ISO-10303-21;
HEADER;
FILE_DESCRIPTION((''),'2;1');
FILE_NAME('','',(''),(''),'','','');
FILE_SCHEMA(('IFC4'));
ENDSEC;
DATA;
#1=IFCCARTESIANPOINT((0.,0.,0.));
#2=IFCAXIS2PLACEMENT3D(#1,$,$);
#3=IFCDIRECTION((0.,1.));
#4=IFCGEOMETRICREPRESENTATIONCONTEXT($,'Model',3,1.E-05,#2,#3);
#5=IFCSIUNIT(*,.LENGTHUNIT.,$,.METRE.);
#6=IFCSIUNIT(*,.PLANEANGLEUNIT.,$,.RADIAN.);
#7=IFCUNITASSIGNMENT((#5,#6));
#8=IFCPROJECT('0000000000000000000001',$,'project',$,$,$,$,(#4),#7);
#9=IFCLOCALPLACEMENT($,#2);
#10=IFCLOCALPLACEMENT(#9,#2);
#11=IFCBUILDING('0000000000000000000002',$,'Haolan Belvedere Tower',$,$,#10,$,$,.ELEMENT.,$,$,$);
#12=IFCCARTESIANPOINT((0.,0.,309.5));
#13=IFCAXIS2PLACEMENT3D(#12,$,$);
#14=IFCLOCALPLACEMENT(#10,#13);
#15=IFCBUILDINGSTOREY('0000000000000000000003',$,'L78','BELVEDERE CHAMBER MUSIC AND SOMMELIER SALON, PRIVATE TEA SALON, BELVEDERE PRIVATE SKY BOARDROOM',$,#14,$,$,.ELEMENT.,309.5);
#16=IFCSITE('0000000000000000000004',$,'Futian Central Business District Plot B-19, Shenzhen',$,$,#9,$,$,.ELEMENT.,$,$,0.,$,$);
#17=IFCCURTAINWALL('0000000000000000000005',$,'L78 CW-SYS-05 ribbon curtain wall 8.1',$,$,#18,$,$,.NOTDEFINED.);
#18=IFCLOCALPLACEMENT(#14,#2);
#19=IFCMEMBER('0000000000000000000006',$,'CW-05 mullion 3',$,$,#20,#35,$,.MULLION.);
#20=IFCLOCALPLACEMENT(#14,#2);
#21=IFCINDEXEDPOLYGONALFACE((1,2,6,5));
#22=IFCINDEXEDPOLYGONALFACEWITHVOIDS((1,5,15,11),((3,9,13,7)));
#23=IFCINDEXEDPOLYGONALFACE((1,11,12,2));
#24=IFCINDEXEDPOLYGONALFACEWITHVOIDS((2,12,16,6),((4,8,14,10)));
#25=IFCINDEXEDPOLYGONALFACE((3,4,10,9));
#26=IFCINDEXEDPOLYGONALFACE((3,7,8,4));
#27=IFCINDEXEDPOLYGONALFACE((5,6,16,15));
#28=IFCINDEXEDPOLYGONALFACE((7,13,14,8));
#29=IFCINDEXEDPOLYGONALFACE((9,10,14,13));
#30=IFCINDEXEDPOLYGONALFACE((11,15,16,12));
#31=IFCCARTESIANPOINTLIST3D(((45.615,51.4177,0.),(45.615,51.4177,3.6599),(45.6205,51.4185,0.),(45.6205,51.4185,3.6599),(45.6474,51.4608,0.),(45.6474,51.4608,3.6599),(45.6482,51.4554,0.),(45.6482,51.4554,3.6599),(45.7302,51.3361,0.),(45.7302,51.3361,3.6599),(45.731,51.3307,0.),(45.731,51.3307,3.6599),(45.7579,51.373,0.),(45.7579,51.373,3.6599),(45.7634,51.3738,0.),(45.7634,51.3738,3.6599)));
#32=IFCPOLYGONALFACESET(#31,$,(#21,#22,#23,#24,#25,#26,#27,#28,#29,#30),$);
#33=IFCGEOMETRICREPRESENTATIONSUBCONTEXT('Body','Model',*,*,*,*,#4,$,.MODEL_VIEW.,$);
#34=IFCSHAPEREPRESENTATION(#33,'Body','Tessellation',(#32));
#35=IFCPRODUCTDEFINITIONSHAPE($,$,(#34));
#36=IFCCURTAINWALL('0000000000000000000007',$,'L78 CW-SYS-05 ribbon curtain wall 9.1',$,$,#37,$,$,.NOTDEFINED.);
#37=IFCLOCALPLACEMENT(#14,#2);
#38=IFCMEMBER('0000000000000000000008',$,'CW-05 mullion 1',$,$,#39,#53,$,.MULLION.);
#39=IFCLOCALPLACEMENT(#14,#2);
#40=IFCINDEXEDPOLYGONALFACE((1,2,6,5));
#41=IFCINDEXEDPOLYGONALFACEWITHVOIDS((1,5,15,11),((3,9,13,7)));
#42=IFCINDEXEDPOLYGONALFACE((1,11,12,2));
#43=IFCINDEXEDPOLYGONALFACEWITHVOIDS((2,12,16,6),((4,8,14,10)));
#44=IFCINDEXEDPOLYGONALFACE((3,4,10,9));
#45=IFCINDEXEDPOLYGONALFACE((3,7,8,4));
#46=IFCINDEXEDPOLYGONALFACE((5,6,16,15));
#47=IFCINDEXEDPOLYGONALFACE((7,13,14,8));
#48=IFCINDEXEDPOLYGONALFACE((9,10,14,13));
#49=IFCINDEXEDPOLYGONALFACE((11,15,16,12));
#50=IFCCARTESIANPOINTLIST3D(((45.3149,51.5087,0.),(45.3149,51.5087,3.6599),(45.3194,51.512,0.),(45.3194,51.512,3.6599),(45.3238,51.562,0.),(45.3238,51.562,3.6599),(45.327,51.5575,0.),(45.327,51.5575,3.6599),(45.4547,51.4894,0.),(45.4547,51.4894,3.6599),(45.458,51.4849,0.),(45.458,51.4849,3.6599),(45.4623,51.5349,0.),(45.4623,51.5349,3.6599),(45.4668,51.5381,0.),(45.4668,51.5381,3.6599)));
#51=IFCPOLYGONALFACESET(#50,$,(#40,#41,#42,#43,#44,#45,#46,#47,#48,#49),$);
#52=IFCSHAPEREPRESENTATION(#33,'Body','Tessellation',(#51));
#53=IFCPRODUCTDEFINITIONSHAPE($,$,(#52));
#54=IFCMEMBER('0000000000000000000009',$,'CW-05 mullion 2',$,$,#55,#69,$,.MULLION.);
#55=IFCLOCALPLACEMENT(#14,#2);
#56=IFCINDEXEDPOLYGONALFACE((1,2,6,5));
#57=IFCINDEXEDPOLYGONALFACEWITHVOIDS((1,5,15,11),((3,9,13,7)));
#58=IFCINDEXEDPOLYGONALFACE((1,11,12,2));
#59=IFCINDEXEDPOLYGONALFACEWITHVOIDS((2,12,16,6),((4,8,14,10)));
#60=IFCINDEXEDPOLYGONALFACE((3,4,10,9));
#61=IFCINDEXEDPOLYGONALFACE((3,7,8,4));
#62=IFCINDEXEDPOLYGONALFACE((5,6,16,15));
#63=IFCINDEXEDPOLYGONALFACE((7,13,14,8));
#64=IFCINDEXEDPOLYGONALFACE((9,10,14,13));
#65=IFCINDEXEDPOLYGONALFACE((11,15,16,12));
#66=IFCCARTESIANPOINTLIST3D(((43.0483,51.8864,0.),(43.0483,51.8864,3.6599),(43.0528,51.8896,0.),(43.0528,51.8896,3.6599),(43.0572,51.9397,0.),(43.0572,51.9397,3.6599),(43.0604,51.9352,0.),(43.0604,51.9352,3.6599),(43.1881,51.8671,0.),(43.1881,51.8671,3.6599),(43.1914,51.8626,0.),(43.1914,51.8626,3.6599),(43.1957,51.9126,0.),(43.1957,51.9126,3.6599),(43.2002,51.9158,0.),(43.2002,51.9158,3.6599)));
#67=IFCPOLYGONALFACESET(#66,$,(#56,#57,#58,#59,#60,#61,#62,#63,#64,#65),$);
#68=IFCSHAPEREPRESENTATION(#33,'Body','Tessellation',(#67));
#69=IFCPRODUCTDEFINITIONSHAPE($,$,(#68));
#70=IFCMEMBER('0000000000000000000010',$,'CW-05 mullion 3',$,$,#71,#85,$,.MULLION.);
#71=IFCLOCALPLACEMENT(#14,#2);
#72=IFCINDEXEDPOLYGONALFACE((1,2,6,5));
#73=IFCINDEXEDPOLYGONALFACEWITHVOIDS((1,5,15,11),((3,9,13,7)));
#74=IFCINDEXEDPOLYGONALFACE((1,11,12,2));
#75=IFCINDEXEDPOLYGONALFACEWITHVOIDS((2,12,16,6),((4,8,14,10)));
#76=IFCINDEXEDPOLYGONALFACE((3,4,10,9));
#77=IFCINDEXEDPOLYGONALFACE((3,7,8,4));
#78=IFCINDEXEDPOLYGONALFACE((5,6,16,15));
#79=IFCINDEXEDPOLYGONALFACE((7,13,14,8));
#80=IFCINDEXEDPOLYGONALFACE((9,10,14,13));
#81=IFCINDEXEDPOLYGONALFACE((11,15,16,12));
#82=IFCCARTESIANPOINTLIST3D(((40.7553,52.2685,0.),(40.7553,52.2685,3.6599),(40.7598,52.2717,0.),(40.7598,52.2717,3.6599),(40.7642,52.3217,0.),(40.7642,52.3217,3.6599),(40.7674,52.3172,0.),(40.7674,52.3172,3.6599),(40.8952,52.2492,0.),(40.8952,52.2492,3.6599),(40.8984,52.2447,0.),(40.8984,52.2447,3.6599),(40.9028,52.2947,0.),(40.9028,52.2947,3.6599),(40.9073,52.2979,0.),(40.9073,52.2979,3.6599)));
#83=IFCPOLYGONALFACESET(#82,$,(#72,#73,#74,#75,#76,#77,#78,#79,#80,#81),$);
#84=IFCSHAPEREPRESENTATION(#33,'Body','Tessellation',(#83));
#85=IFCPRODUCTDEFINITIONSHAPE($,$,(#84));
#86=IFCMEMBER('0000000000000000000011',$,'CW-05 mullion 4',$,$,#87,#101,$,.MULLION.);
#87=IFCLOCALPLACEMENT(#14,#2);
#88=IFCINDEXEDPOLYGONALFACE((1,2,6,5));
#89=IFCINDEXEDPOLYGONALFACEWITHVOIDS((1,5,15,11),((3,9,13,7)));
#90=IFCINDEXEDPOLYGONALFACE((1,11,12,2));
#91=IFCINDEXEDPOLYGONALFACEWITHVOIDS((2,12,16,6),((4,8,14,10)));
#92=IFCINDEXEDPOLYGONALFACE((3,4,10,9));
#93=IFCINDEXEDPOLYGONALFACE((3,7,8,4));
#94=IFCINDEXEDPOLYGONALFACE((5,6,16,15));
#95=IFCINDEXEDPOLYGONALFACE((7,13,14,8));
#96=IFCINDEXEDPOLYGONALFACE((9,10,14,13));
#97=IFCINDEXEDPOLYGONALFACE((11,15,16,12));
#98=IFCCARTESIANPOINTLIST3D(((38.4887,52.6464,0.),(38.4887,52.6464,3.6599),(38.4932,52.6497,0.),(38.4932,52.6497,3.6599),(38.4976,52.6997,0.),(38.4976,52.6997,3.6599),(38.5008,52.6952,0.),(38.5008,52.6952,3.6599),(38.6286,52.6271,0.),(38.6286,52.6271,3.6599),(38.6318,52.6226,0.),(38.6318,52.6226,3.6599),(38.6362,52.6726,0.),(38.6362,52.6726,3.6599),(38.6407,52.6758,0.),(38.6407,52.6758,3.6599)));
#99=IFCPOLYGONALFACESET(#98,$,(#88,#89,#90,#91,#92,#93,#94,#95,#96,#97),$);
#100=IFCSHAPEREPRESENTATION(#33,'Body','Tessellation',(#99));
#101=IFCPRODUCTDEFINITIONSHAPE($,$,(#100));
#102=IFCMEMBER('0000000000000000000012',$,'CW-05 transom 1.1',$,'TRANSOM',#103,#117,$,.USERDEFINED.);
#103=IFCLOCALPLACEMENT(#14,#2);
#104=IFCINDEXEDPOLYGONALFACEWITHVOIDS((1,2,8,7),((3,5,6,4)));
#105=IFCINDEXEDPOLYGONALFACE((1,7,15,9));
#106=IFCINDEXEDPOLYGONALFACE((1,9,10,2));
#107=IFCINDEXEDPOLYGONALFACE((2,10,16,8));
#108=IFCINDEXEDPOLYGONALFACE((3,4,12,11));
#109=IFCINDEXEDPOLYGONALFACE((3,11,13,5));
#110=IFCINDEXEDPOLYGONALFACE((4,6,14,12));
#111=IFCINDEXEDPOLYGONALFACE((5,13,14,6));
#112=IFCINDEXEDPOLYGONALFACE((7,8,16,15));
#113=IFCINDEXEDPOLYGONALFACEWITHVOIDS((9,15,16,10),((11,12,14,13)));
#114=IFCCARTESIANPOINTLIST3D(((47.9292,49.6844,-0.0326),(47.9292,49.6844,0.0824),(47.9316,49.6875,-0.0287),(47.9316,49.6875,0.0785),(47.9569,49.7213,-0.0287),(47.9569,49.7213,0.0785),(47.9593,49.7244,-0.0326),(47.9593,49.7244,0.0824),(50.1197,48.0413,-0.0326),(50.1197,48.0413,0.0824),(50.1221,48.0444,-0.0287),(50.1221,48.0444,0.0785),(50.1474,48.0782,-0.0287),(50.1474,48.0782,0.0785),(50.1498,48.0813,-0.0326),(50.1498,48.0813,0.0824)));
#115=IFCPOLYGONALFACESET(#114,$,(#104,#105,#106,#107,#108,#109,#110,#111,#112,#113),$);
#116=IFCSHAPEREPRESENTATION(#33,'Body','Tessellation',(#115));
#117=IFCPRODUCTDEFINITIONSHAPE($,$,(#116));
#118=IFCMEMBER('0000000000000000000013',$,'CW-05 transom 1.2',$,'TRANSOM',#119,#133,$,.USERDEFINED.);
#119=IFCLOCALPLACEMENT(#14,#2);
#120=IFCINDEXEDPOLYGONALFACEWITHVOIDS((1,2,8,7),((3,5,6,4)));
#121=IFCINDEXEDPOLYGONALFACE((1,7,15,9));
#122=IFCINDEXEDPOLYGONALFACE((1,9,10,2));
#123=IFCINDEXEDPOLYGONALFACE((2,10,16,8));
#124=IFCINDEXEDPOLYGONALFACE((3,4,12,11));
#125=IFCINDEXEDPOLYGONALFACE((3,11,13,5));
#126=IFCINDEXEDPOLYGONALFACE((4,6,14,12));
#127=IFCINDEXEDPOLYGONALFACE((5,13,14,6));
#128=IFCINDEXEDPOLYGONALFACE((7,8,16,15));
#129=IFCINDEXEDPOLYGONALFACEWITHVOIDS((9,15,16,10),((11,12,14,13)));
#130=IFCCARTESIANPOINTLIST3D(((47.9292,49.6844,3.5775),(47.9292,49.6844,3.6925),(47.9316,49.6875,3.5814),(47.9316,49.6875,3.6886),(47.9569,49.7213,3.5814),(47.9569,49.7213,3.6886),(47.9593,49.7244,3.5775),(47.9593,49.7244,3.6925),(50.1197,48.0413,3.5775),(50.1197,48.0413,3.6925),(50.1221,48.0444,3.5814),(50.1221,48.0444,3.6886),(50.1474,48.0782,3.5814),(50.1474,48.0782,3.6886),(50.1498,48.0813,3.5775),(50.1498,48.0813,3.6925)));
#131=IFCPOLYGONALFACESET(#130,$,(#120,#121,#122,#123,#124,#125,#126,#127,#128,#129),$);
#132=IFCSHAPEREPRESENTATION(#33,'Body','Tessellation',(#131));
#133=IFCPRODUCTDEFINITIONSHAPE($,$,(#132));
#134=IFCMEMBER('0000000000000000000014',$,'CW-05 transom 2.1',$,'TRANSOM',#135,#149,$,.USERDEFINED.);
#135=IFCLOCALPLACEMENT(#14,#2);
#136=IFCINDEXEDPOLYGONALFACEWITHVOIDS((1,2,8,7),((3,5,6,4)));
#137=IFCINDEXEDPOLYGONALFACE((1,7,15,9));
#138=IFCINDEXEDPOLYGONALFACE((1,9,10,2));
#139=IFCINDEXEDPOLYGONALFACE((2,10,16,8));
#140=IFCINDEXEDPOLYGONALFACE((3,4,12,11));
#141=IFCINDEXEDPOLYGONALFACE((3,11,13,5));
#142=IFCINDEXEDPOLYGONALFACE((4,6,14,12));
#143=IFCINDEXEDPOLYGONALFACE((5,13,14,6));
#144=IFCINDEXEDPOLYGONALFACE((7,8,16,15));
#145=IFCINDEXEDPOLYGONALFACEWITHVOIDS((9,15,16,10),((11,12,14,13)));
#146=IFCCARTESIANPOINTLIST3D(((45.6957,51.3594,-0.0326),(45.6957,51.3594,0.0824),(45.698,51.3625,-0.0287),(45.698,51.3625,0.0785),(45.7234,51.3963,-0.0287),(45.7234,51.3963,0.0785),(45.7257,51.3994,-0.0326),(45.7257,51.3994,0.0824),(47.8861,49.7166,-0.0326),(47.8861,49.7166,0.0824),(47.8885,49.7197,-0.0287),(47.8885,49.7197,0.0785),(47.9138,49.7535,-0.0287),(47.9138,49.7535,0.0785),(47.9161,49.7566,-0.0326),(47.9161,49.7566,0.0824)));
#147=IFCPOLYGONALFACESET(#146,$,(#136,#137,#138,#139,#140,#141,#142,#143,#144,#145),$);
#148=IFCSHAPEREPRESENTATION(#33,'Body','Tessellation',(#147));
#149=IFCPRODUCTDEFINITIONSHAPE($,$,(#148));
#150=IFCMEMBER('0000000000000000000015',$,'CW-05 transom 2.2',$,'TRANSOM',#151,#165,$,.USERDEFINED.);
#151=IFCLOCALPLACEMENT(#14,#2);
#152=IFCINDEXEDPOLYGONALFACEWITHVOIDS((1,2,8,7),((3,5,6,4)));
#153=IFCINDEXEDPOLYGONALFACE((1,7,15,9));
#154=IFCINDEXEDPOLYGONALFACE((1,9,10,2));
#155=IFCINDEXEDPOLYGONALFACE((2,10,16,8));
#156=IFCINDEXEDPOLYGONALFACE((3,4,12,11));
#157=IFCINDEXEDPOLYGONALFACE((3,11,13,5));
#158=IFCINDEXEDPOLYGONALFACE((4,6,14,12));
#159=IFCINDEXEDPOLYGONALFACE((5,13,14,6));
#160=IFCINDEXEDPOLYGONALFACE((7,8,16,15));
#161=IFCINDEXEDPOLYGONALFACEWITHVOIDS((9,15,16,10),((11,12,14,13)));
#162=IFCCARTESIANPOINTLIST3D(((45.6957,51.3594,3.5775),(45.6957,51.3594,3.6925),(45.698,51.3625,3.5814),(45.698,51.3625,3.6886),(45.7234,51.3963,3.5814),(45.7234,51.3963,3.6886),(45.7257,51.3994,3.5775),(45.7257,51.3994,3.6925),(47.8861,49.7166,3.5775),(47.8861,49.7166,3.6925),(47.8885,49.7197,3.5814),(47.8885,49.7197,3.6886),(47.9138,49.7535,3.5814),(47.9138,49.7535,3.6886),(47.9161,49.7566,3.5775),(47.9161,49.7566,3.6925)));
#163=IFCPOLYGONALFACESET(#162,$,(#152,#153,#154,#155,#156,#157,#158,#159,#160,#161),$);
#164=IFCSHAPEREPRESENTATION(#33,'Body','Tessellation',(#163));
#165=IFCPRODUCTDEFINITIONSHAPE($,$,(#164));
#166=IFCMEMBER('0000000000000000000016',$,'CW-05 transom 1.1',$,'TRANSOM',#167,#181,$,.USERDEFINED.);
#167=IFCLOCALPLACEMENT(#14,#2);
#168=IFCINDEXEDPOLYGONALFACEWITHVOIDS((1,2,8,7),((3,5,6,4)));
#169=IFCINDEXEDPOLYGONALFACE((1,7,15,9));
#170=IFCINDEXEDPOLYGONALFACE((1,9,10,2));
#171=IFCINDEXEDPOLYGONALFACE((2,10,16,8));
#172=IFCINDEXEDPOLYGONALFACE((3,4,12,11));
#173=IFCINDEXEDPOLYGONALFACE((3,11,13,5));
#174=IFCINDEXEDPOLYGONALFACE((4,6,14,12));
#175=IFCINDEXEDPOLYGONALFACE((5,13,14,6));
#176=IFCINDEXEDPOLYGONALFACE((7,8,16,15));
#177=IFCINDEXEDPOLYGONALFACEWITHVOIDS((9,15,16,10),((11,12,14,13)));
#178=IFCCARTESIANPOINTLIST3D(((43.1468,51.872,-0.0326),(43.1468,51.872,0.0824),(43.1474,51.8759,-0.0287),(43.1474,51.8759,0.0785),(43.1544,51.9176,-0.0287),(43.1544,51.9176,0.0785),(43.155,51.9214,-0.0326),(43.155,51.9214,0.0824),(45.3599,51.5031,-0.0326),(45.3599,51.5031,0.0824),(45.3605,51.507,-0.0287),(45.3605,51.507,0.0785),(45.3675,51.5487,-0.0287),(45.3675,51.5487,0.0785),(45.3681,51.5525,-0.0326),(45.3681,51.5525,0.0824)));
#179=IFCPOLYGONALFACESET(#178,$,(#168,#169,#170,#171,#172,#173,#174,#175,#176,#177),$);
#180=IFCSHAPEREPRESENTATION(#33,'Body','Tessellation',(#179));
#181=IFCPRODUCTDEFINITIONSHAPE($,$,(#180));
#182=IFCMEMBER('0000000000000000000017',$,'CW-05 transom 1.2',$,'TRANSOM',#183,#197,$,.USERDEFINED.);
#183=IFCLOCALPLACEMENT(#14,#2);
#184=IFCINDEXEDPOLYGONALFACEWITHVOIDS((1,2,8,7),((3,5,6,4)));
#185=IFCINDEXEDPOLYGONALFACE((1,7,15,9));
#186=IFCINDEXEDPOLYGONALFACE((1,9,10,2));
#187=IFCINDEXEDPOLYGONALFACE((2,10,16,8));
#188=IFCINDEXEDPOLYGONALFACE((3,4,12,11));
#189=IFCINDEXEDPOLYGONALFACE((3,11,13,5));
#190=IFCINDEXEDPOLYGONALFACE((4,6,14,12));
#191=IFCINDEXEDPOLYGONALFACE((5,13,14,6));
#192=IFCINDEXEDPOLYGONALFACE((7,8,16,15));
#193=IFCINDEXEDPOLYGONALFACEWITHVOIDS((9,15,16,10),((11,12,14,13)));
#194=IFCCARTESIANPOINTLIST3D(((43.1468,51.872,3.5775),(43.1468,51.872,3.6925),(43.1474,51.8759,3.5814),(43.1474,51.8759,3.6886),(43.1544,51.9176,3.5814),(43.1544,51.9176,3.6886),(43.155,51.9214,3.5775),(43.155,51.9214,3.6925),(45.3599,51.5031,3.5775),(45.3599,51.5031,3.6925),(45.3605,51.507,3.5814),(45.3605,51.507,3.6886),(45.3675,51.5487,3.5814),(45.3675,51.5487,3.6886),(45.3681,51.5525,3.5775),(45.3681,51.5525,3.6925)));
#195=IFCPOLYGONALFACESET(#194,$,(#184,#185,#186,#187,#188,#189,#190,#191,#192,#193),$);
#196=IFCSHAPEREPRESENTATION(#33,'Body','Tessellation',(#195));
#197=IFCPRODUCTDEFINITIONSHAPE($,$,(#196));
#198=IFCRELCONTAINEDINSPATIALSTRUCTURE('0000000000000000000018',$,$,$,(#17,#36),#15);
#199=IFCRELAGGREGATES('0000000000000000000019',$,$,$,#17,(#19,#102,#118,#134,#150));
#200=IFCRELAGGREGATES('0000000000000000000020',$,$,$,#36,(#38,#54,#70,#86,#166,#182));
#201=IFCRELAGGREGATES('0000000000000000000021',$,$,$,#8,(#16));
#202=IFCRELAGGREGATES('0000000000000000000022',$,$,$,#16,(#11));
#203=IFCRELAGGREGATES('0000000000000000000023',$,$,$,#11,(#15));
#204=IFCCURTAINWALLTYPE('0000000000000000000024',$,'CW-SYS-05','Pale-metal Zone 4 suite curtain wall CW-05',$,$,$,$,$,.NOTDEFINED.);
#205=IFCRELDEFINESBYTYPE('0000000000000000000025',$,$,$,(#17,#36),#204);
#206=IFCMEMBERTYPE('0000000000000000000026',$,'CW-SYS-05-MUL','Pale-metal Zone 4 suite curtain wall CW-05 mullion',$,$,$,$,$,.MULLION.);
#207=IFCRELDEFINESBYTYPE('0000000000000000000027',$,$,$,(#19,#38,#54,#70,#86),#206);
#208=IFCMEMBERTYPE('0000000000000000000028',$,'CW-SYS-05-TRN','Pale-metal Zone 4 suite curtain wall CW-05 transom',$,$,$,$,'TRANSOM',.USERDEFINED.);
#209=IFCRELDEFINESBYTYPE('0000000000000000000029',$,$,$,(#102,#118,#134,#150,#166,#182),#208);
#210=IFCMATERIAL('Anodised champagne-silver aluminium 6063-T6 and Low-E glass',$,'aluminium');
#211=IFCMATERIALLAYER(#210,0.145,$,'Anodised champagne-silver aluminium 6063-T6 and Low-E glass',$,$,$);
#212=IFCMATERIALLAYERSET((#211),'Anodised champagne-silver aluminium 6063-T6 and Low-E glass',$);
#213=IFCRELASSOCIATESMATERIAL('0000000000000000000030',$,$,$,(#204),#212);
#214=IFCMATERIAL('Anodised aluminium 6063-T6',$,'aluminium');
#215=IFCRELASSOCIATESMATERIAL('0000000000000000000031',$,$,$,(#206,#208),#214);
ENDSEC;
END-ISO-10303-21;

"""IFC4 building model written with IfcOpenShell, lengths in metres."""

from ifc_helpers import new_model, si_unit, direction, frame, origin, origin_2d, place, context, subcontext, project, spatial, hollow_rectangle, extrude, material, layer, layer_set, material_profile, profile_set, type_object, element, aggregate, save


model = new_model("IFC4")

# Units and contexts
model_context = context("Model", 3, precision=1e-05, world=origin(), true_north=direction((0.0, 1.0)))
body_context = subcontext(model_context, "Body", "Model", "MODEL_VIEW")
ifc_project = project(units=[si_unit("LENGTHUNIT", "METRE"), si_unit("PLANEANGLEUNIT", "RADIAN")], contexts=[model_context])

# Site, building, storey
site_placement = place(None, origin())
site = spatial("IfcSite", under=ifc_project, at=site_placement, Name="Futian Central Business District Plot B-19, Shenzhen", CompositionType="ELEMENT", RefElevation=0.0)
building_placement = place(site_placement, origin())
building = spatial("IfcBuilding", under=site, at=building_placement, Name="Haolan Belvedere Tower", CompositionType="ELEMENT")
storey_placement = place(building_placement, frame((0.0, 0.0, 309.5)))
storey = spatial("IfcBuildingStorey", under=building, at=storey_placement, Name="L78", Description="BELVEDERE CHAMBER MUSIC AND SOMMELIER SALON, PRIVATE TEA SALON, BELVEDERE PRIVATE SKY BOARDROOM", CompositionType="ELEMENT", Elevation=309.5)

# Curtain walls, members
ifc_material_1 = material(Name="Anodised champagne-silver aluminium 6063-T6 and Low-E glass", Category="aluminium")
ifc_layer_1 = layer(ifc_material_1, 0.145, Name="Anodised champagne-silver aluminium 6063-T6 and Low-E glass")
ifc_layer_set_1 = layer_set([ifc_layer_1], Name="Anodised champagne-silver aluminium 6063-T6 and Low-E glass")
curtain_wall_type = type_object("IfcCurtainWallType", Name="CW-SYS-05", Description="Pale-metal Zone 4 suite curtain wall CW-05", PredefinedType="NOTDEFINED", material=ifc_layer_set_1)
curtain_wall_1_placement = place(storey_placement, origin())
curtain_wall_1 = element("IfcCurtainWall", 1, at=curtain_wall_1_placement, inside=storey, type_object=curtain_wall_type, Name="L78 CW-SYS-05 ribbon curtain wall 8.1", PredefinedType="NOTDEFINED")
ifc_material_2 = material(Name="Anodised aluminium 6063-T6", Category="aluminium")
ifc_material_profile_1 = material_profile(ifc_material_2, hollow_rectangle(XDim=0.054, YDim=0.145, WallThickness=0.0039, at=origin_2d()), Name="Anodised aluminium 6063-T6")
ifc_profile_set_1 = profile_set([ifc_material_profile_1], Name="Anodised aluminium 6063-T6")
member_type_1 = type_object("IfcMemberType", Name="CW-SYS-05-MUL", Description="Pale-metal Zone 4 suite curtain wall CW-05 mullion", PredefinedType="MULLION", material=ifc_profile_set_1)
member_1_placement = place(storey_placement, frame((45.6892, 51.3958, 0.0), z_axis=(0.0, 0.0, 1.0), x_axis=(-0.600003, -0.799998, 0.0)))
member_1 = element("IfcMember", 2, at=member_1_placement, type_object=member_type_1, Name="CW-05 mullion 3", PredefinedType="MULLION", context=body_context, shape_type="SweptSolid", body=[
    extrude(hollow_rectangle(XDim=0.054, YDim=0.145, WallThickness=0.0039, at=origin_2d()), origin(), (0.0, 0.0, 1.0), 3.6599),
])
curtain_wall_2_placement = place(storey_placement, origin())
curtain_wall_2 = element("IfcCurtainWall", 3, at=curtain_wall_2_placement, inside=storey, type_object=curtain_wall_type, Name="L78 CW-SYS-05 ribbon curtain wall 9.1", PredefinedType="NOTDEFINED")
member_2_placement = place(storey_placement, frame((45.3909, 51.5234, 0.0), z_axis=(0.0, 0.0, 1.0), x_axis=(-0.164406, -0.986393, 0.0)))
member_2 = element("IfcMember", 4, at=member_2_placement, type_object=member_type_1, Name="CW-05 mullion 1", PredefinedType="MULLION", context=body_context, shape_type="SweptSolid", body=[
    extrude(hollow_rectangle(XDim=0.054, YDim=0.145, WallThickness=0.0039, at=origin_2d()), origin(), (0.0, 0.0, 1.0), 3.6599),
])
member_3_placement = place(storey_placement, frame((43.1243, 51.9011, 0.0), z_axis=(0.0, 0.0, 1.0), x_axis=(-0.164406, -0.986393, 0.0)))
member_3 = element("IfcMember", 5, at=member_3_placement, type_object=member_type_1, Name="CW-05 mullion 2", PredefinedType="MULLION", context=body_context, shape_type="SweptSolid", body=[
    extrude(hollow_rectangle(XDim=0.054, YDim=0.145, WallThickness=0.0039, at=origin_2d()), origin(), (0.0, 0.0, 1.0), 3.6599),
])
member_4_placement = place(storey_placement, frame((40.8313, 52.2832, 0.0), z_axis=(0.0, 0.0, 1.0), x_axis=(-0.164406, -0.986393, 0.0)))
member_4 = element("IfcMember", 6, at=member_4_placement, type_object=member_type_1, Name="CW-05 mullion 3", PredefinedType="MULLION", context=body_context, shape_type="SweptSolid", body=[
    extrude(hollow_rectangle(XDim=0.054, YDim=0.145, WallThickness=0.0039, at=origin_2d()), origin(), (0.0, 0.0, 1.0), 3.6599),
])
member_5_placement = place(storey_placement, frame((38.5647, 52.6611, 0.0), z_axis=(0.0, 0.0, 1.0), x_axis=(-0.164406, -0.986393, 0.0)))
member_5 = element("IfcMember", 7, at=member_5_placement, type_object=member_type_1, Name="CW-05 mullion 4", PredefinedType="MULLION", context=body_context, shape_type="SweptSolid", body=[
    extrude(hollow_rectangle(XDim=0.054, YDim=0.145, WallThickness=0.0039, at=origin_2d()), origin(), (0.0, 0.0, 1.0), 3.6599),
])

# Members
ifc_material_profile_2 = material_profile(ifc_material_2, hollow_rectangle(XDim=0.05, YDim=0.115, WallThickness=0.0039, at=origin_2d()), Name="Anodised aluminium 6063-T6")
ifc_profile_set_2 = profile_set([ifc_material_profile_2], Name="Anodised aluminium 6063-T6")
member_type_2 = type_object("IfcMemberType", Name="CW-SYS-05-TRN", Description="Pale-metal Zone 4 suite curtain wall CW-05 transom", ElementType="TRANSOM", PredefinedType="USERDEFINED", material=ifc_profile_set_2)
member_6_placement = place(storey_placement, frame((50.1348, 48.0613, 0.0249), z_axis=(-0.799957, 0.600057, 0.0), x_axis=(-0.600057, -0.799957, 0.0)))
member_6 = element("IfcMember", 8, at=member_6_placement, type_object=member_type_2, Name="CW-05 transom 1.1", ObjectType="TRANSOM", PredefinedType="USERDEFINED", context=body_context, shape_type="SweptSolid", body=[
    extrude(hollow_rectangle(XDim=0.05, YDim=0.115, WallThickness=0.0039, at=origin_2d()), origin(), (0.0, 0.0, 1.0), 2.7383),
])
member_7_placement = place(storey_placement, frame((50.1348, 48.0613, 3.635), z_axis=(-0.799957, 0.600057, 0.0), x_axis=(-0.600057, -0.799957, 0.0)))
member_7 = element("IfcMember", 9, at=member_7_placement, type_object=member_type_2, Name="CW-05 transom 1.2", ObjectType="TRANSOM", PredefinedType="USERDEFINED", context=body_context, shape_type="SweptSolid", body=[
    extrude(hollow_rectangle(XDim=0.05, YDim=0.115, WallThickness=0.0039, at=origin_2d()), origin(), (0.0, 0.0, 1.0), 2.7383),
])
member_8_placement = place(storey_placement, frame((47.9011, 49.7366, 0.0249), z_axis=(-0.8, 0.6, 0.0), x_axis=(-0.6, -0.8, 0.0)))
member_8 = element("IfcMember", 10, at=member_8_placement, type_object=member_type_2, Name="CW-05 transom 2.1", ObjectType="TRANSOM", PredefinedType="USERDEFINED", context=body_context, shape_type="SweptSolid", body=[
    extrude(hollow_rectangle(XDim=0.05, YDim=0.115, WallThickness=0.0039, at=origin_2d()), origin(), (0.0, 0.0, 1.0), 2.738),
])
member_9_placement = place(storey_placement, frame((47.9011, 49.7366, 3.635), z_axis=(-0.8, 0.6, 0.0), x_axis=(-0.6, -0.8, 0.0)))
member_9 = element("IfcMember", 11, at=member_9_placement, type_object=member_type_2, Name="CW-05 transom 2.2", ObjectType="TRANSOM", PredefinedType="USERDEFINED", context=body_context, shape_type="SweptSolid", body=[
    extrude(hollow_rectangle(XDim=0.05, YDim=0.115, WallThickness=0.0039, at=origin_2d()), origin(), (0.0, 0.0, 1.0), 2.738),
])
member_10_placement = place(storey_placement, frame((45.364, 51.5278, 0.0249), z_axis=(-0.986391, 0.164417, 0.0), x_axis=(-0.164417, -0.986391, 0.0)))
member_10 = element("IfcMember", 12, at=member_10_placement, type_object=member_type_2, Name="CW-05 transom 1.1", ObjectType="TRANSOM", PredefinedType="USERDEFINED", context=body_context, shape_type="SweptSolid", body=[
    extrude(hollow_rectangle(XDim=0.05, YDim=0.115, WallThickness=0.0039, at=origin_2d()), origin(), (0.0, 0.0, 1.0), 2.2437),
])
member_11_placement = place(storey_placement, frame((45.364, 51.5278, 3.635), z_axis=(-0.986391, 0.164417, 0.0), x_axis=(-0.164417, -0.986391, 0.0)))
member_11 = element("IfcMember", 13, at=member_11_placement, type_object=member_type_2, Name="CW-05 transom 1.2", ObjectType="TRANSOM", PredefinedType="USERDEFINED", context=body_context, shape_type="SweptSolid", body=[
    extrude(hollow_rectangle(XDim=0.05, YDim=0.115, WallThickness=0.0039, at=origin_2d()), origin(), (0.0, 0.0, 1.0), 2.2437),
])

aggregate(curtain_wall_1, [member_1, member_6, member_7, member_8, member_9])
aggregate(curtain_wall_2, [member_2, member_3, member_4, member_5, member_10, member_11])

save(model, "model.ifc")
